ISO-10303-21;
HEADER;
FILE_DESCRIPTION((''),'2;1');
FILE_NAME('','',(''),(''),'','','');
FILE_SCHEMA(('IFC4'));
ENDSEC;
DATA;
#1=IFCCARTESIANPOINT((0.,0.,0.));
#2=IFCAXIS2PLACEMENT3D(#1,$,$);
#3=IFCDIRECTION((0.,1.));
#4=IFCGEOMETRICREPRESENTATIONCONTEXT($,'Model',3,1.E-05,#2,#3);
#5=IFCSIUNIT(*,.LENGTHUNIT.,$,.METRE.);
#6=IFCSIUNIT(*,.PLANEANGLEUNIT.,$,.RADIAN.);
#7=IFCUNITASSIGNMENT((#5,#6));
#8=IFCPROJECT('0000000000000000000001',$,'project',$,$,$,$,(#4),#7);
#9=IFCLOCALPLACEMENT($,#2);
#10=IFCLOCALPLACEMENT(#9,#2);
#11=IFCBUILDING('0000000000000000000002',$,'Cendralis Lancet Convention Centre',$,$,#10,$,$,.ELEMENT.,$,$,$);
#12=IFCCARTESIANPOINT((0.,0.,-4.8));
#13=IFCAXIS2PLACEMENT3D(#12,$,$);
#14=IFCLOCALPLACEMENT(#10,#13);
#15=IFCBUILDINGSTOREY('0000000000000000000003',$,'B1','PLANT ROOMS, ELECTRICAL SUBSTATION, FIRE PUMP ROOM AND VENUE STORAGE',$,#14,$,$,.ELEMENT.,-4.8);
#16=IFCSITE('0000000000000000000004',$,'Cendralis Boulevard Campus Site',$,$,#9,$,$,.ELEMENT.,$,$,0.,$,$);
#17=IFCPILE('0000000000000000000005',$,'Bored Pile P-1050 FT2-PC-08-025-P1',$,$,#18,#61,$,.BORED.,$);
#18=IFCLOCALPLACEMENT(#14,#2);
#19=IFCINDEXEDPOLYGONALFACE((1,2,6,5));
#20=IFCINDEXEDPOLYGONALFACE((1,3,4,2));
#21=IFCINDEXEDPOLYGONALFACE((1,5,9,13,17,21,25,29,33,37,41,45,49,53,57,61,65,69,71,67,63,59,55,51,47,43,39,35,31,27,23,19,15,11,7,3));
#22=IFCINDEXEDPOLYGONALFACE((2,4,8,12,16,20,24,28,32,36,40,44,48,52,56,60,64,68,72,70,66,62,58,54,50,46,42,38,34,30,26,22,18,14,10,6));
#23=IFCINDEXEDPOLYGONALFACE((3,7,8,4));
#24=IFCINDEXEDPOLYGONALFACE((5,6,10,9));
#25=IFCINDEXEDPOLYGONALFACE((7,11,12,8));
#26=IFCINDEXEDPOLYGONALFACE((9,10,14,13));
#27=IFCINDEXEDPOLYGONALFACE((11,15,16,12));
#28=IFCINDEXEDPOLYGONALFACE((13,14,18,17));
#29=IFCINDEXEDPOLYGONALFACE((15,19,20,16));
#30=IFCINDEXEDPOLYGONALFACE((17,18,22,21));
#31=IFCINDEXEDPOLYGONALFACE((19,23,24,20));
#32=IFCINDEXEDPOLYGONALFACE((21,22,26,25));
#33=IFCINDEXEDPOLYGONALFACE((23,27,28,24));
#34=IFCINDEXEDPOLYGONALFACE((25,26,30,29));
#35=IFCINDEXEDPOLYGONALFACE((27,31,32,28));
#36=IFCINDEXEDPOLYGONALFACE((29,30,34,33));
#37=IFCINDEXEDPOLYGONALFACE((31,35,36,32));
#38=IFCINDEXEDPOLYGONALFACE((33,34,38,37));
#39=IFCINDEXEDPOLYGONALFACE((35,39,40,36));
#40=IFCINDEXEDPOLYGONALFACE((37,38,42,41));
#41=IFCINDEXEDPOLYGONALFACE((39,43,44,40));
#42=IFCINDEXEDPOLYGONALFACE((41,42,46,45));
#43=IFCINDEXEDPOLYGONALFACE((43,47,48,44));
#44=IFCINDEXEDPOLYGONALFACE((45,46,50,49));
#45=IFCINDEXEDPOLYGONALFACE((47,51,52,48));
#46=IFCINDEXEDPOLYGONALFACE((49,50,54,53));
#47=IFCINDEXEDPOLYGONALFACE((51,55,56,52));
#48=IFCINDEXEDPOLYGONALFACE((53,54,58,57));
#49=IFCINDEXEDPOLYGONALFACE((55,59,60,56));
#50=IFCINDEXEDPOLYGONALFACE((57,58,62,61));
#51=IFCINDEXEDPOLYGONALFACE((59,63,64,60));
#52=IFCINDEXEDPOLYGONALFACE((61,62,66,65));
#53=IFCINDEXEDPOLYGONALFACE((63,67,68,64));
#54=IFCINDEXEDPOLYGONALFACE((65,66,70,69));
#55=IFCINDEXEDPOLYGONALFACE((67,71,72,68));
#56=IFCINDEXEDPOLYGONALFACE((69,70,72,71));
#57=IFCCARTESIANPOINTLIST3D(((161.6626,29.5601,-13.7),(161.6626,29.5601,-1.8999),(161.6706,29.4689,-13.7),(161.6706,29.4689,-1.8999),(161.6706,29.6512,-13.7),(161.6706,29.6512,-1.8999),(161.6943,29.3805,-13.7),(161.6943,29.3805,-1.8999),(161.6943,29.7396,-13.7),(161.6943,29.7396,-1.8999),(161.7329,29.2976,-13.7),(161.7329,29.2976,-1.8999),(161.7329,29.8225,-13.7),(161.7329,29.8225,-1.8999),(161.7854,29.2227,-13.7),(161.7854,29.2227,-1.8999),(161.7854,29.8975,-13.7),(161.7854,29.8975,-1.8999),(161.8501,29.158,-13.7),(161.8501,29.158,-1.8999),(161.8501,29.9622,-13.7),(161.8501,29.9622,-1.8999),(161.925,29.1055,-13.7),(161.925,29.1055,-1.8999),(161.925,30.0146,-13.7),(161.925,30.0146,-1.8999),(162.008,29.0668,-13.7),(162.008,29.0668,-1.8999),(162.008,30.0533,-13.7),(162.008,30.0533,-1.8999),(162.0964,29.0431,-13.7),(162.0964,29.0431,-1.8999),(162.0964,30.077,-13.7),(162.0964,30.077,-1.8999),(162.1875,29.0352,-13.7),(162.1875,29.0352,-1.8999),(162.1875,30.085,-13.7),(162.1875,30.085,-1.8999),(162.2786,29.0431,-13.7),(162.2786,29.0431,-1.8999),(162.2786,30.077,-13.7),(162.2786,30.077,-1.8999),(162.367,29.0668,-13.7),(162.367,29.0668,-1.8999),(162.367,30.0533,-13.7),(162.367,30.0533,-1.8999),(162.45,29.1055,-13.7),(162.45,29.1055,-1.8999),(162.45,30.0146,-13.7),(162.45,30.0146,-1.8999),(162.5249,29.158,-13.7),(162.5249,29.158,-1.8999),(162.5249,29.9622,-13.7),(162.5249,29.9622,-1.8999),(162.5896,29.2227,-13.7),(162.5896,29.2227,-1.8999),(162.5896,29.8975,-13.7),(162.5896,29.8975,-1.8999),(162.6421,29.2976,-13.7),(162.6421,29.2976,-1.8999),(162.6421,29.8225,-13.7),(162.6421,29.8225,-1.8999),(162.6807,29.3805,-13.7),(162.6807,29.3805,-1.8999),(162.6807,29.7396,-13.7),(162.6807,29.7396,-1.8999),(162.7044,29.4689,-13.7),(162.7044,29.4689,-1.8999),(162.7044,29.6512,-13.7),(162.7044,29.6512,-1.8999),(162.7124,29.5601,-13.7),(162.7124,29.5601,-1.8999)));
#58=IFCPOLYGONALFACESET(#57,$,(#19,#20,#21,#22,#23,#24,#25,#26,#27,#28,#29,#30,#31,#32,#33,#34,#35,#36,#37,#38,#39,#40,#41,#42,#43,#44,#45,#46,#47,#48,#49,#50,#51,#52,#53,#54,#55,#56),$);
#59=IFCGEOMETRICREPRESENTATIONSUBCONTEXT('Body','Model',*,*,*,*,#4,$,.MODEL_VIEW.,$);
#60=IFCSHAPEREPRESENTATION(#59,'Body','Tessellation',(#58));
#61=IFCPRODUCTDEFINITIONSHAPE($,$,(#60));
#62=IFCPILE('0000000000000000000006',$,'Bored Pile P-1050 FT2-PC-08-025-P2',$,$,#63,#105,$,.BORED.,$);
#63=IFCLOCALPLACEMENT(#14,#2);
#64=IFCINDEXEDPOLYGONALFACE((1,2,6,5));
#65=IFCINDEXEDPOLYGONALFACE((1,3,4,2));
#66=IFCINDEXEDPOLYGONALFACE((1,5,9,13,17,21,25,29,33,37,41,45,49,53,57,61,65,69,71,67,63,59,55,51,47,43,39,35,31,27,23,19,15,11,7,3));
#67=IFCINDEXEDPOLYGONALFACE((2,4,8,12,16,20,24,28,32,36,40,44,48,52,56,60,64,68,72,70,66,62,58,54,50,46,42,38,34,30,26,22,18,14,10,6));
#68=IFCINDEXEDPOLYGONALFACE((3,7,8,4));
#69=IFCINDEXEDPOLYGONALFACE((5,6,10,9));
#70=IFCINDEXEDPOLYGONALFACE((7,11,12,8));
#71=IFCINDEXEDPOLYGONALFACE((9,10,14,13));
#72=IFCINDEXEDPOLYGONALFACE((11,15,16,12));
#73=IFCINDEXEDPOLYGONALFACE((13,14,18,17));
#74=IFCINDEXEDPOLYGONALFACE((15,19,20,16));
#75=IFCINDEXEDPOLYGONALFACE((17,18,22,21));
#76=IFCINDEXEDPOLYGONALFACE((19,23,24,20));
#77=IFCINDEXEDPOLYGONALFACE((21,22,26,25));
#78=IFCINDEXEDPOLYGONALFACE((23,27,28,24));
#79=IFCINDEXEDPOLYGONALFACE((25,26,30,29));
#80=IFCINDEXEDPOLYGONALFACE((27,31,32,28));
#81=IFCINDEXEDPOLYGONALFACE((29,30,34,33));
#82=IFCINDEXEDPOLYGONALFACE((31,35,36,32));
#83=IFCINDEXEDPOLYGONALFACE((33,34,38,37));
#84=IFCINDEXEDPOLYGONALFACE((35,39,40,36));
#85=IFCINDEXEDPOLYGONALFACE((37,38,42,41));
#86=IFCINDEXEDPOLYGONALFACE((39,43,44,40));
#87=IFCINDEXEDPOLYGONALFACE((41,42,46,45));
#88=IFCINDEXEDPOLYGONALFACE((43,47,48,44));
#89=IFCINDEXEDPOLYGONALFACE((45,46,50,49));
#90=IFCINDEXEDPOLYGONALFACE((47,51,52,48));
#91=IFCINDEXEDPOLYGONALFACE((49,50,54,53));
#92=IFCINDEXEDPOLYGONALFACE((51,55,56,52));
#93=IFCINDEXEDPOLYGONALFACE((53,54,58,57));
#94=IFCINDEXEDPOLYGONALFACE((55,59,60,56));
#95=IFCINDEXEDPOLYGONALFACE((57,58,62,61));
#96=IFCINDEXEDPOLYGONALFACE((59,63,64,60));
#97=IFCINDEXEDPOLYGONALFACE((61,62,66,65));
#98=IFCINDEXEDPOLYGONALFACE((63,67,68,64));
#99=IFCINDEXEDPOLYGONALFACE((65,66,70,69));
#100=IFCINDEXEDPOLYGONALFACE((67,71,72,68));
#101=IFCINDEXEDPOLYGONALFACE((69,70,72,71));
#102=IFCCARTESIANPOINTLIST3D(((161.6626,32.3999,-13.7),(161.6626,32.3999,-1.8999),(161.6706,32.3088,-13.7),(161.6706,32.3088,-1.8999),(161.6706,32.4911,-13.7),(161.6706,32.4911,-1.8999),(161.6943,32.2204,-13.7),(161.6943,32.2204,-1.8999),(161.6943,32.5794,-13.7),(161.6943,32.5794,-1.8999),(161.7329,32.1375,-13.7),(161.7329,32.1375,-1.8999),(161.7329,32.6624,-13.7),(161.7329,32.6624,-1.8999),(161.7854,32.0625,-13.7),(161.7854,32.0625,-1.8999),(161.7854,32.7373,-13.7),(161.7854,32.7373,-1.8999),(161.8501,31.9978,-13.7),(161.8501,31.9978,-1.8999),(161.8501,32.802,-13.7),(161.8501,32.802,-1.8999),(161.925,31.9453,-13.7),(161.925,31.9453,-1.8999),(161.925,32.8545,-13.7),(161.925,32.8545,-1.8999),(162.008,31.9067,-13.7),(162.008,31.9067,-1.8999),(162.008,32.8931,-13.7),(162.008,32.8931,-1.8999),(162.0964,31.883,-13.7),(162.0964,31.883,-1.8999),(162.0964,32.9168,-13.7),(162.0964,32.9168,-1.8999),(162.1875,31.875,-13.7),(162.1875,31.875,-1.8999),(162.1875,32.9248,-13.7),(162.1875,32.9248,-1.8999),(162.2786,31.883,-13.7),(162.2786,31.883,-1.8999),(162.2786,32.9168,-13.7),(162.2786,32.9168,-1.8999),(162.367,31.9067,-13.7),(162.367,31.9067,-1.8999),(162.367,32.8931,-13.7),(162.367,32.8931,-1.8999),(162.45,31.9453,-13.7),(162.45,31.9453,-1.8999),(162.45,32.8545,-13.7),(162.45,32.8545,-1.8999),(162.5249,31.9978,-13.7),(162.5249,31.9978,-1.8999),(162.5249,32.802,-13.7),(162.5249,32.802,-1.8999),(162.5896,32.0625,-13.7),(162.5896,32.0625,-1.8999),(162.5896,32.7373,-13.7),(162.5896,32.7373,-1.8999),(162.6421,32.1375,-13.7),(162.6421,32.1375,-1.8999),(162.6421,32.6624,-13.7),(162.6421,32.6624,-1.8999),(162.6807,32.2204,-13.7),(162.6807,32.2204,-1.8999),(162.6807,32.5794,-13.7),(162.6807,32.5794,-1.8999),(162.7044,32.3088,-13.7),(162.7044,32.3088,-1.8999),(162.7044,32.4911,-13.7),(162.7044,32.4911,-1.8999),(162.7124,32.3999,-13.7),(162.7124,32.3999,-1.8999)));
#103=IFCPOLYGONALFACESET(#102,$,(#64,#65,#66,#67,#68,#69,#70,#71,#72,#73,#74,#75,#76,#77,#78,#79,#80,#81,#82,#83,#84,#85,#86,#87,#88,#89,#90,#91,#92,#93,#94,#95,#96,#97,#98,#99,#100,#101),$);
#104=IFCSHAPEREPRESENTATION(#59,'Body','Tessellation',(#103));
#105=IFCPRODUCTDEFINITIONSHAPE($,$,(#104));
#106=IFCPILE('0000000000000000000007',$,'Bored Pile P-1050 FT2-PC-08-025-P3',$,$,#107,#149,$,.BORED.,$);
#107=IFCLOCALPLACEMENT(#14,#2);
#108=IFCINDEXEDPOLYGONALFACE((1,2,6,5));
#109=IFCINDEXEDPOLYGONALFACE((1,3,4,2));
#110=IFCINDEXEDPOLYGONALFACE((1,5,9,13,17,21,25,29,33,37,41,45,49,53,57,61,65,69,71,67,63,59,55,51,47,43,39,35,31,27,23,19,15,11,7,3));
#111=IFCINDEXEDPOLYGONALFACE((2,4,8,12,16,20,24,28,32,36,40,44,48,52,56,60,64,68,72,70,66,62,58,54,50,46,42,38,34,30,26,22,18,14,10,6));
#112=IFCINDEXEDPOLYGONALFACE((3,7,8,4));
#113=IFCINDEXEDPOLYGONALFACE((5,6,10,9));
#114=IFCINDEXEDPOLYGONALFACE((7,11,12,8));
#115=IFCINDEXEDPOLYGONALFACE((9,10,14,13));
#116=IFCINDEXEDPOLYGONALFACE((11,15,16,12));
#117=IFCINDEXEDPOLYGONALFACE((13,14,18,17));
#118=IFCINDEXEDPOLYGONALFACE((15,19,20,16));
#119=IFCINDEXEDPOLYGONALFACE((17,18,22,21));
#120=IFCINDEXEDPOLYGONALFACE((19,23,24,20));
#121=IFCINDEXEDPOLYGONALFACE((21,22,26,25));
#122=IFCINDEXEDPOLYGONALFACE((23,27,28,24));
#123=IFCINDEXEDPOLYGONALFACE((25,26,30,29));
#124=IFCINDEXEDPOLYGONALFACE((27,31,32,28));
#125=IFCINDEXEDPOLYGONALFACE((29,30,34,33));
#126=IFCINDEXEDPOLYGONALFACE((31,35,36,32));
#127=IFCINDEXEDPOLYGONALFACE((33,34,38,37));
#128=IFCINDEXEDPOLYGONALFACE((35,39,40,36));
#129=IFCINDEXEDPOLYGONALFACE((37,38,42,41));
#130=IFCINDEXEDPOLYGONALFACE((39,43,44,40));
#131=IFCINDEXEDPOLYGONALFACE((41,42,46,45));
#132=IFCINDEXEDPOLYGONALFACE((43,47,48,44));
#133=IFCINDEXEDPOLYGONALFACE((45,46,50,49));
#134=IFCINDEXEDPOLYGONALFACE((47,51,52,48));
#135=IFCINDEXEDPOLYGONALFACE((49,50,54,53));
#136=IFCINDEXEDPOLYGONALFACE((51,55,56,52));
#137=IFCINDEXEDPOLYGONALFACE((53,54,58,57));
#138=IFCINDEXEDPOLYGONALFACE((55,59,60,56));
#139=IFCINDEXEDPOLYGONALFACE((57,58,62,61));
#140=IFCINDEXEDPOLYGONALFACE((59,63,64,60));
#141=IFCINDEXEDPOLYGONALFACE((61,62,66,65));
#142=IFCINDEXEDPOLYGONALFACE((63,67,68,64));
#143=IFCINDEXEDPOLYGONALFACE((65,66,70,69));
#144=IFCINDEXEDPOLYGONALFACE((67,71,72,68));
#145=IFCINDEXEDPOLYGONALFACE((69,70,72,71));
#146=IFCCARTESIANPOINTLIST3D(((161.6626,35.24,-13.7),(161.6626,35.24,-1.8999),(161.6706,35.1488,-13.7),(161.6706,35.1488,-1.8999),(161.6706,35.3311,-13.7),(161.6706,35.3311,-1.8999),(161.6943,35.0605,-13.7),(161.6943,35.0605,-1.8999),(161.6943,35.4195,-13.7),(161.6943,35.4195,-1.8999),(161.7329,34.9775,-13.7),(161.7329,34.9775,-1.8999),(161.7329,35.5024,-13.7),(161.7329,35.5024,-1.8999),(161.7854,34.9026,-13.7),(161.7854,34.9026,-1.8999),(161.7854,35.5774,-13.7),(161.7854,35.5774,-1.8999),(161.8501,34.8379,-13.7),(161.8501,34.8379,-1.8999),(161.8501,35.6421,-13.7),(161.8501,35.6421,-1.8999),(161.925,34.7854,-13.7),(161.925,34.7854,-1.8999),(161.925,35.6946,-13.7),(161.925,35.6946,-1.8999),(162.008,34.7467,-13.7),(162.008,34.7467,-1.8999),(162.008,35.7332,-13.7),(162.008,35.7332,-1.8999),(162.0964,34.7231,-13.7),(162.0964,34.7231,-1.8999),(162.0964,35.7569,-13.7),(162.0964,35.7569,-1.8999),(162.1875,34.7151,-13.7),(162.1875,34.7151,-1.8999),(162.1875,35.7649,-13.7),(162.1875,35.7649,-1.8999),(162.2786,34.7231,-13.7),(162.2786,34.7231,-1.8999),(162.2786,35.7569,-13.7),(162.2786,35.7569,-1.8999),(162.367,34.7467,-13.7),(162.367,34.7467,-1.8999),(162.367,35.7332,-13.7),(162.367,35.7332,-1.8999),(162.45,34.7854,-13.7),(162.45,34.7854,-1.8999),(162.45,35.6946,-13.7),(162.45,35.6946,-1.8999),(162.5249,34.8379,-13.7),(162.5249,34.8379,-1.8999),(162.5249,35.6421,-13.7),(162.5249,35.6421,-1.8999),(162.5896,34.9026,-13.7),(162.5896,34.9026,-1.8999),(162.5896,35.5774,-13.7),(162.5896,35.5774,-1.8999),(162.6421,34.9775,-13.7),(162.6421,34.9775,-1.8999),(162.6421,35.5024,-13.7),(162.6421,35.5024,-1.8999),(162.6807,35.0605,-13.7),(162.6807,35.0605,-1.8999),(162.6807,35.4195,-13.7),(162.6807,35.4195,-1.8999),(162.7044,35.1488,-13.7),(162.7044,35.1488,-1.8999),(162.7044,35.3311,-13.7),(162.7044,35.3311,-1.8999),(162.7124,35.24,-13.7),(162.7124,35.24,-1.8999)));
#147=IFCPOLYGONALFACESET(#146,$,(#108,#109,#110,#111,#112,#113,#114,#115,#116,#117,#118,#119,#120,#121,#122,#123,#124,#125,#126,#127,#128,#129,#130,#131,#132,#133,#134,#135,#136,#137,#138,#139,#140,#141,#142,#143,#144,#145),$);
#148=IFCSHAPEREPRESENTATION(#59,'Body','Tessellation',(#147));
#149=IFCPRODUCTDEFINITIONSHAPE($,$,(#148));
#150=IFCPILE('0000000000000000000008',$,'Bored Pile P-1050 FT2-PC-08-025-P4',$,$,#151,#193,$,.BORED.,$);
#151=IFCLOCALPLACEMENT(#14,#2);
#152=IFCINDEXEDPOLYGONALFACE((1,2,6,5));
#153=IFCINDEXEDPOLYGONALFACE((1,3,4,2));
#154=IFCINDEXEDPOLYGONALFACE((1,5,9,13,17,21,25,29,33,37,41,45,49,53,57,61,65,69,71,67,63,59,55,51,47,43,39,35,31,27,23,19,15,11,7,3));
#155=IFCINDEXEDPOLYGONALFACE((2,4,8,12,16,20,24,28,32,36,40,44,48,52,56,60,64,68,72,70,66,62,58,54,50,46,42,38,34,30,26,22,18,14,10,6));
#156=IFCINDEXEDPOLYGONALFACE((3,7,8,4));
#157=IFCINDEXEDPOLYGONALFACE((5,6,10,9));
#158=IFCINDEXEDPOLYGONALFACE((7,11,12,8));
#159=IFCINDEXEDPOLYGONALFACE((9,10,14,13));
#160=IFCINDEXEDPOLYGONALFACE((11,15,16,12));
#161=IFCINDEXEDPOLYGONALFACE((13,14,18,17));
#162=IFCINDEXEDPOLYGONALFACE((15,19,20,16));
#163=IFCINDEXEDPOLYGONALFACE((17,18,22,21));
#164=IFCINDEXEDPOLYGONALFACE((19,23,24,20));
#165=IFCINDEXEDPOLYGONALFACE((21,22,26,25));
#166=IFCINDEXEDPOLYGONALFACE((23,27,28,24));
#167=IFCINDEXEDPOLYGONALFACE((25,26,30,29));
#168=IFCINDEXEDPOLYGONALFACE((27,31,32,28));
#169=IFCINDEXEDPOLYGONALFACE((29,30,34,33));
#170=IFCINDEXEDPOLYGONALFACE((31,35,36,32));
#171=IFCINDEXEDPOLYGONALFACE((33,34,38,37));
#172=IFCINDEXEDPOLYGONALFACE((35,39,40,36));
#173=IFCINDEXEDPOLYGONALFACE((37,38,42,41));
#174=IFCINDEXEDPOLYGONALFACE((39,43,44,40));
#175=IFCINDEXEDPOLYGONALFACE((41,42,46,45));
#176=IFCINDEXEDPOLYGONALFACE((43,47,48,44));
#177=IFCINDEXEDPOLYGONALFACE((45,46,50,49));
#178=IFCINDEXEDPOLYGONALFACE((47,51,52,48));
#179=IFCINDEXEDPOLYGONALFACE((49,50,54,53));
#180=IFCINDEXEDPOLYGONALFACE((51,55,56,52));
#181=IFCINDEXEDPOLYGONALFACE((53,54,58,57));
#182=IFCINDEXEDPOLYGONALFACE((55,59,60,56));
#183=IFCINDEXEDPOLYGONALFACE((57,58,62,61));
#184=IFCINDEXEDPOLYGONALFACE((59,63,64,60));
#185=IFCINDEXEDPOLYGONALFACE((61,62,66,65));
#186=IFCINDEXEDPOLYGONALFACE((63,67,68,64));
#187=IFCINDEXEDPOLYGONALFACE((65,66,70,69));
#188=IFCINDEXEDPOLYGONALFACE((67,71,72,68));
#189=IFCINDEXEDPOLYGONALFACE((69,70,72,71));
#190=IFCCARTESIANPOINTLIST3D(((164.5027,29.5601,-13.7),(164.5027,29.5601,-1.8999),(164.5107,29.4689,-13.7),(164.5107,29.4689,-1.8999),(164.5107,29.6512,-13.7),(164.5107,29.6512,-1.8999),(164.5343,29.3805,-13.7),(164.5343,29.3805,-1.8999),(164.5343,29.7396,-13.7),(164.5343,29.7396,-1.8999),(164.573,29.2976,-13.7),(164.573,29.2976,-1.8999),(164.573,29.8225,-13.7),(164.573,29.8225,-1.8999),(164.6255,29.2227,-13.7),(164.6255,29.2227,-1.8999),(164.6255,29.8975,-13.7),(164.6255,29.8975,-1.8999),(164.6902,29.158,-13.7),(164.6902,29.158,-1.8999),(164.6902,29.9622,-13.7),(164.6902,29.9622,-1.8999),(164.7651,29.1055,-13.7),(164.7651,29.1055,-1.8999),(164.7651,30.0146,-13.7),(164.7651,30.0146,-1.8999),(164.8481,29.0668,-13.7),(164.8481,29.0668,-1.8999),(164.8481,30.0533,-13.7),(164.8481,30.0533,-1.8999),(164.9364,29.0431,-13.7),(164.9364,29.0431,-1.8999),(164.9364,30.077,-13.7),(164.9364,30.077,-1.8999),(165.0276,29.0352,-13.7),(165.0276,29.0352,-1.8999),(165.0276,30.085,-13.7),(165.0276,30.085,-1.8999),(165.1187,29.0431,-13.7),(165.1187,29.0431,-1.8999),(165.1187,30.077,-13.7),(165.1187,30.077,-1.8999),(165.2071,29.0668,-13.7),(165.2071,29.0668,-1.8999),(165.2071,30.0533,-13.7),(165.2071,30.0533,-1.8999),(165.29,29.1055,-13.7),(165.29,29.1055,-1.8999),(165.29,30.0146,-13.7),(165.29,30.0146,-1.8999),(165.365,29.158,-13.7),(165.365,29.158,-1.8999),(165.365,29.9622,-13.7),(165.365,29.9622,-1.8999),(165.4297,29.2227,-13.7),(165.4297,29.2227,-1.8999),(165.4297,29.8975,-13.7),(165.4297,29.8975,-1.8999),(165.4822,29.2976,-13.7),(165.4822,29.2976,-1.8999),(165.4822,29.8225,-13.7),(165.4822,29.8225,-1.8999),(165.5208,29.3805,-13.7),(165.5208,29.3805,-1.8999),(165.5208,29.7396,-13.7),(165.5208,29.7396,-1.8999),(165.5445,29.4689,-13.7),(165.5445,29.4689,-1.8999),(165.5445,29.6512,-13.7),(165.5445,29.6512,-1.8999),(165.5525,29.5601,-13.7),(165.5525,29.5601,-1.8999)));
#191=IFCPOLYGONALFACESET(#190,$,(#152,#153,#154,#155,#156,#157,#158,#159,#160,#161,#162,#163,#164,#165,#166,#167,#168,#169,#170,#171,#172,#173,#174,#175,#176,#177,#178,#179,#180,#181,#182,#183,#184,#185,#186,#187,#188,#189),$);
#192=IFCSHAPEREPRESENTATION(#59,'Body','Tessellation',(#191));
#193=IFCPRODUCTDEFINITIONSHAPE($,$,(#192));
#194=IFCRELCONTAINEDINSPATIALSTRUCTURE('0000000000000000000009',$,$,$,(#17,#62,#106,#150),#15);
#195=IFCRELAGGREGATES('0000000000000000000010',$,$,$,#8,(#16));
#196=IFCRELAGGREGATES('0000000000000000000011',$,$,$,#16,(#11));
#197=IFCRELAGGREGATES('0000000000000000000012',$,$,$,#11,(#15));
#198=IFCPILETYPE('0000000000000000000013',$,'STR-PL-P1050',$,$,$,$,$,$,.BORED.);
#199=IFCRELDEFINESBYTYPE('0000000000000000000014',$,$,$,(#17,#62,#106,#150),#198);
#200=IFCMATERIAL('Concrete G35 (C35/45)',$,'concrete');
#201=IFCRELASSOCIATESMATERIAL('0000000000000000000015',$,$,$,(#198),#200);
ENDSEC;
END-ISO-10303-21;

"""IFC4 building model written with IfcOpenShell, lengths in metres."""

from ifc_helpers import new_model, si_unit, direction, frame, origin, origin_2d, place, context, subcontext, project, spatial, circle, extrude, material, material_profile, profile_set, type_object, element, save


model = new_model("IFC4")

# Units and contexts
model_context = context("Model", 3, precision=1e-05, world=origin(), true_north=direction((0.0, 1.0)))
body_context = subcontext(model_context, "Body", "Model", "MODEL_VIEW")
ifc_project = project(units=[si_unit("LENGTHUNIT", "METRE"), si_unit("PLANEANGLEUNIT", "RADIAN")], contexts=[model_context])

# Site, building, storey
site_placement = place(None, origin())
site = spatial("IfcSite", under=ifc_project, at=site_placement, Name="Cendralis Boulevard Campus Site", CompositionType="ELEMENT", RefElevation=0.0)
building_placement = place(site_placement, origin())
building = spatial("IfcBuilding", under=site, at=building_placement, Name="Cendralis Lancet Convention Centre", CompositionType="ELEMENT")
storey_placement = place(building_placement, frame((0.0, 0.0, -4.8)))
storey = spatial("IfcBuildingStorey", under=building, at=storey_placement, Name="B1", Description="PLANT ROOMS, ELECTRICAL SUBSTATION, FIRE PUMP ROOM AND VENUE STORAGE", CompositionType="ELEMENT", Elevation=-4.8)

# Piles
ifc_material_1 = material(Name="Concrete G35 (C35/45)", Category="concrete")
ifc_material_profile_1 = material_profile(ifc_material_1, circle(Radius=0.5249, at=origin_2d()), Name="BORED PILE D1050")
ifc_profile_set_1 = profile_set([ifc_material_profile_1], Name="Concrete G35 (C35/45)")
pile_type = type_object("IfcPileType", Name="STR-PL-P1050", PredefinedType="BORED", material=ifc_profile_set_1)
for number, where, z_axis, x_axis, name in (
    (1, (162.1875, 29.5601, -1.8999), (0.0, 0.0, -1.0), (1.0, 0.0, 0.0), "Bored Pile P-1050 FT2-PC-08-025-P1"),
    (2, (162.1875, 32.3999, -1.8999), (0.0, 0.0, -1.0), (1.0, 0.0, 0.0), "Bored Pile P-1050 FT2-PC-08-025-P2"),
    (3, (162.1875, 35.24, -1.8999), (0.0, 0.0, -1.0), (1.0, 0.0, 0.0), "Bored Pile P-1050 FT2-PC-08-025-P3"),
    (4, (165.0276, 29.5601, -1.8999), (0.0, 0.0, -1.0), (1.0, 0.0, 0.0), "Bored Pile P-1050 FT2-PC-08-025-P4"),
):
    element("IfcPile", number, at=place(storey_placement, frame(where, z_axis=z_axis, x_axis=x_axis)), inside=storey, type_object=pile_type, Name=name, PredefinedType="BORED", context=body_context, shape_type="SweptSolid", body=[
        extrude(circle(Radius=0.5249, at=origin_2d()), origin(), (0.0, 0.0, 1.0), 11.8),
    ])

save(model, "model.ifc")
